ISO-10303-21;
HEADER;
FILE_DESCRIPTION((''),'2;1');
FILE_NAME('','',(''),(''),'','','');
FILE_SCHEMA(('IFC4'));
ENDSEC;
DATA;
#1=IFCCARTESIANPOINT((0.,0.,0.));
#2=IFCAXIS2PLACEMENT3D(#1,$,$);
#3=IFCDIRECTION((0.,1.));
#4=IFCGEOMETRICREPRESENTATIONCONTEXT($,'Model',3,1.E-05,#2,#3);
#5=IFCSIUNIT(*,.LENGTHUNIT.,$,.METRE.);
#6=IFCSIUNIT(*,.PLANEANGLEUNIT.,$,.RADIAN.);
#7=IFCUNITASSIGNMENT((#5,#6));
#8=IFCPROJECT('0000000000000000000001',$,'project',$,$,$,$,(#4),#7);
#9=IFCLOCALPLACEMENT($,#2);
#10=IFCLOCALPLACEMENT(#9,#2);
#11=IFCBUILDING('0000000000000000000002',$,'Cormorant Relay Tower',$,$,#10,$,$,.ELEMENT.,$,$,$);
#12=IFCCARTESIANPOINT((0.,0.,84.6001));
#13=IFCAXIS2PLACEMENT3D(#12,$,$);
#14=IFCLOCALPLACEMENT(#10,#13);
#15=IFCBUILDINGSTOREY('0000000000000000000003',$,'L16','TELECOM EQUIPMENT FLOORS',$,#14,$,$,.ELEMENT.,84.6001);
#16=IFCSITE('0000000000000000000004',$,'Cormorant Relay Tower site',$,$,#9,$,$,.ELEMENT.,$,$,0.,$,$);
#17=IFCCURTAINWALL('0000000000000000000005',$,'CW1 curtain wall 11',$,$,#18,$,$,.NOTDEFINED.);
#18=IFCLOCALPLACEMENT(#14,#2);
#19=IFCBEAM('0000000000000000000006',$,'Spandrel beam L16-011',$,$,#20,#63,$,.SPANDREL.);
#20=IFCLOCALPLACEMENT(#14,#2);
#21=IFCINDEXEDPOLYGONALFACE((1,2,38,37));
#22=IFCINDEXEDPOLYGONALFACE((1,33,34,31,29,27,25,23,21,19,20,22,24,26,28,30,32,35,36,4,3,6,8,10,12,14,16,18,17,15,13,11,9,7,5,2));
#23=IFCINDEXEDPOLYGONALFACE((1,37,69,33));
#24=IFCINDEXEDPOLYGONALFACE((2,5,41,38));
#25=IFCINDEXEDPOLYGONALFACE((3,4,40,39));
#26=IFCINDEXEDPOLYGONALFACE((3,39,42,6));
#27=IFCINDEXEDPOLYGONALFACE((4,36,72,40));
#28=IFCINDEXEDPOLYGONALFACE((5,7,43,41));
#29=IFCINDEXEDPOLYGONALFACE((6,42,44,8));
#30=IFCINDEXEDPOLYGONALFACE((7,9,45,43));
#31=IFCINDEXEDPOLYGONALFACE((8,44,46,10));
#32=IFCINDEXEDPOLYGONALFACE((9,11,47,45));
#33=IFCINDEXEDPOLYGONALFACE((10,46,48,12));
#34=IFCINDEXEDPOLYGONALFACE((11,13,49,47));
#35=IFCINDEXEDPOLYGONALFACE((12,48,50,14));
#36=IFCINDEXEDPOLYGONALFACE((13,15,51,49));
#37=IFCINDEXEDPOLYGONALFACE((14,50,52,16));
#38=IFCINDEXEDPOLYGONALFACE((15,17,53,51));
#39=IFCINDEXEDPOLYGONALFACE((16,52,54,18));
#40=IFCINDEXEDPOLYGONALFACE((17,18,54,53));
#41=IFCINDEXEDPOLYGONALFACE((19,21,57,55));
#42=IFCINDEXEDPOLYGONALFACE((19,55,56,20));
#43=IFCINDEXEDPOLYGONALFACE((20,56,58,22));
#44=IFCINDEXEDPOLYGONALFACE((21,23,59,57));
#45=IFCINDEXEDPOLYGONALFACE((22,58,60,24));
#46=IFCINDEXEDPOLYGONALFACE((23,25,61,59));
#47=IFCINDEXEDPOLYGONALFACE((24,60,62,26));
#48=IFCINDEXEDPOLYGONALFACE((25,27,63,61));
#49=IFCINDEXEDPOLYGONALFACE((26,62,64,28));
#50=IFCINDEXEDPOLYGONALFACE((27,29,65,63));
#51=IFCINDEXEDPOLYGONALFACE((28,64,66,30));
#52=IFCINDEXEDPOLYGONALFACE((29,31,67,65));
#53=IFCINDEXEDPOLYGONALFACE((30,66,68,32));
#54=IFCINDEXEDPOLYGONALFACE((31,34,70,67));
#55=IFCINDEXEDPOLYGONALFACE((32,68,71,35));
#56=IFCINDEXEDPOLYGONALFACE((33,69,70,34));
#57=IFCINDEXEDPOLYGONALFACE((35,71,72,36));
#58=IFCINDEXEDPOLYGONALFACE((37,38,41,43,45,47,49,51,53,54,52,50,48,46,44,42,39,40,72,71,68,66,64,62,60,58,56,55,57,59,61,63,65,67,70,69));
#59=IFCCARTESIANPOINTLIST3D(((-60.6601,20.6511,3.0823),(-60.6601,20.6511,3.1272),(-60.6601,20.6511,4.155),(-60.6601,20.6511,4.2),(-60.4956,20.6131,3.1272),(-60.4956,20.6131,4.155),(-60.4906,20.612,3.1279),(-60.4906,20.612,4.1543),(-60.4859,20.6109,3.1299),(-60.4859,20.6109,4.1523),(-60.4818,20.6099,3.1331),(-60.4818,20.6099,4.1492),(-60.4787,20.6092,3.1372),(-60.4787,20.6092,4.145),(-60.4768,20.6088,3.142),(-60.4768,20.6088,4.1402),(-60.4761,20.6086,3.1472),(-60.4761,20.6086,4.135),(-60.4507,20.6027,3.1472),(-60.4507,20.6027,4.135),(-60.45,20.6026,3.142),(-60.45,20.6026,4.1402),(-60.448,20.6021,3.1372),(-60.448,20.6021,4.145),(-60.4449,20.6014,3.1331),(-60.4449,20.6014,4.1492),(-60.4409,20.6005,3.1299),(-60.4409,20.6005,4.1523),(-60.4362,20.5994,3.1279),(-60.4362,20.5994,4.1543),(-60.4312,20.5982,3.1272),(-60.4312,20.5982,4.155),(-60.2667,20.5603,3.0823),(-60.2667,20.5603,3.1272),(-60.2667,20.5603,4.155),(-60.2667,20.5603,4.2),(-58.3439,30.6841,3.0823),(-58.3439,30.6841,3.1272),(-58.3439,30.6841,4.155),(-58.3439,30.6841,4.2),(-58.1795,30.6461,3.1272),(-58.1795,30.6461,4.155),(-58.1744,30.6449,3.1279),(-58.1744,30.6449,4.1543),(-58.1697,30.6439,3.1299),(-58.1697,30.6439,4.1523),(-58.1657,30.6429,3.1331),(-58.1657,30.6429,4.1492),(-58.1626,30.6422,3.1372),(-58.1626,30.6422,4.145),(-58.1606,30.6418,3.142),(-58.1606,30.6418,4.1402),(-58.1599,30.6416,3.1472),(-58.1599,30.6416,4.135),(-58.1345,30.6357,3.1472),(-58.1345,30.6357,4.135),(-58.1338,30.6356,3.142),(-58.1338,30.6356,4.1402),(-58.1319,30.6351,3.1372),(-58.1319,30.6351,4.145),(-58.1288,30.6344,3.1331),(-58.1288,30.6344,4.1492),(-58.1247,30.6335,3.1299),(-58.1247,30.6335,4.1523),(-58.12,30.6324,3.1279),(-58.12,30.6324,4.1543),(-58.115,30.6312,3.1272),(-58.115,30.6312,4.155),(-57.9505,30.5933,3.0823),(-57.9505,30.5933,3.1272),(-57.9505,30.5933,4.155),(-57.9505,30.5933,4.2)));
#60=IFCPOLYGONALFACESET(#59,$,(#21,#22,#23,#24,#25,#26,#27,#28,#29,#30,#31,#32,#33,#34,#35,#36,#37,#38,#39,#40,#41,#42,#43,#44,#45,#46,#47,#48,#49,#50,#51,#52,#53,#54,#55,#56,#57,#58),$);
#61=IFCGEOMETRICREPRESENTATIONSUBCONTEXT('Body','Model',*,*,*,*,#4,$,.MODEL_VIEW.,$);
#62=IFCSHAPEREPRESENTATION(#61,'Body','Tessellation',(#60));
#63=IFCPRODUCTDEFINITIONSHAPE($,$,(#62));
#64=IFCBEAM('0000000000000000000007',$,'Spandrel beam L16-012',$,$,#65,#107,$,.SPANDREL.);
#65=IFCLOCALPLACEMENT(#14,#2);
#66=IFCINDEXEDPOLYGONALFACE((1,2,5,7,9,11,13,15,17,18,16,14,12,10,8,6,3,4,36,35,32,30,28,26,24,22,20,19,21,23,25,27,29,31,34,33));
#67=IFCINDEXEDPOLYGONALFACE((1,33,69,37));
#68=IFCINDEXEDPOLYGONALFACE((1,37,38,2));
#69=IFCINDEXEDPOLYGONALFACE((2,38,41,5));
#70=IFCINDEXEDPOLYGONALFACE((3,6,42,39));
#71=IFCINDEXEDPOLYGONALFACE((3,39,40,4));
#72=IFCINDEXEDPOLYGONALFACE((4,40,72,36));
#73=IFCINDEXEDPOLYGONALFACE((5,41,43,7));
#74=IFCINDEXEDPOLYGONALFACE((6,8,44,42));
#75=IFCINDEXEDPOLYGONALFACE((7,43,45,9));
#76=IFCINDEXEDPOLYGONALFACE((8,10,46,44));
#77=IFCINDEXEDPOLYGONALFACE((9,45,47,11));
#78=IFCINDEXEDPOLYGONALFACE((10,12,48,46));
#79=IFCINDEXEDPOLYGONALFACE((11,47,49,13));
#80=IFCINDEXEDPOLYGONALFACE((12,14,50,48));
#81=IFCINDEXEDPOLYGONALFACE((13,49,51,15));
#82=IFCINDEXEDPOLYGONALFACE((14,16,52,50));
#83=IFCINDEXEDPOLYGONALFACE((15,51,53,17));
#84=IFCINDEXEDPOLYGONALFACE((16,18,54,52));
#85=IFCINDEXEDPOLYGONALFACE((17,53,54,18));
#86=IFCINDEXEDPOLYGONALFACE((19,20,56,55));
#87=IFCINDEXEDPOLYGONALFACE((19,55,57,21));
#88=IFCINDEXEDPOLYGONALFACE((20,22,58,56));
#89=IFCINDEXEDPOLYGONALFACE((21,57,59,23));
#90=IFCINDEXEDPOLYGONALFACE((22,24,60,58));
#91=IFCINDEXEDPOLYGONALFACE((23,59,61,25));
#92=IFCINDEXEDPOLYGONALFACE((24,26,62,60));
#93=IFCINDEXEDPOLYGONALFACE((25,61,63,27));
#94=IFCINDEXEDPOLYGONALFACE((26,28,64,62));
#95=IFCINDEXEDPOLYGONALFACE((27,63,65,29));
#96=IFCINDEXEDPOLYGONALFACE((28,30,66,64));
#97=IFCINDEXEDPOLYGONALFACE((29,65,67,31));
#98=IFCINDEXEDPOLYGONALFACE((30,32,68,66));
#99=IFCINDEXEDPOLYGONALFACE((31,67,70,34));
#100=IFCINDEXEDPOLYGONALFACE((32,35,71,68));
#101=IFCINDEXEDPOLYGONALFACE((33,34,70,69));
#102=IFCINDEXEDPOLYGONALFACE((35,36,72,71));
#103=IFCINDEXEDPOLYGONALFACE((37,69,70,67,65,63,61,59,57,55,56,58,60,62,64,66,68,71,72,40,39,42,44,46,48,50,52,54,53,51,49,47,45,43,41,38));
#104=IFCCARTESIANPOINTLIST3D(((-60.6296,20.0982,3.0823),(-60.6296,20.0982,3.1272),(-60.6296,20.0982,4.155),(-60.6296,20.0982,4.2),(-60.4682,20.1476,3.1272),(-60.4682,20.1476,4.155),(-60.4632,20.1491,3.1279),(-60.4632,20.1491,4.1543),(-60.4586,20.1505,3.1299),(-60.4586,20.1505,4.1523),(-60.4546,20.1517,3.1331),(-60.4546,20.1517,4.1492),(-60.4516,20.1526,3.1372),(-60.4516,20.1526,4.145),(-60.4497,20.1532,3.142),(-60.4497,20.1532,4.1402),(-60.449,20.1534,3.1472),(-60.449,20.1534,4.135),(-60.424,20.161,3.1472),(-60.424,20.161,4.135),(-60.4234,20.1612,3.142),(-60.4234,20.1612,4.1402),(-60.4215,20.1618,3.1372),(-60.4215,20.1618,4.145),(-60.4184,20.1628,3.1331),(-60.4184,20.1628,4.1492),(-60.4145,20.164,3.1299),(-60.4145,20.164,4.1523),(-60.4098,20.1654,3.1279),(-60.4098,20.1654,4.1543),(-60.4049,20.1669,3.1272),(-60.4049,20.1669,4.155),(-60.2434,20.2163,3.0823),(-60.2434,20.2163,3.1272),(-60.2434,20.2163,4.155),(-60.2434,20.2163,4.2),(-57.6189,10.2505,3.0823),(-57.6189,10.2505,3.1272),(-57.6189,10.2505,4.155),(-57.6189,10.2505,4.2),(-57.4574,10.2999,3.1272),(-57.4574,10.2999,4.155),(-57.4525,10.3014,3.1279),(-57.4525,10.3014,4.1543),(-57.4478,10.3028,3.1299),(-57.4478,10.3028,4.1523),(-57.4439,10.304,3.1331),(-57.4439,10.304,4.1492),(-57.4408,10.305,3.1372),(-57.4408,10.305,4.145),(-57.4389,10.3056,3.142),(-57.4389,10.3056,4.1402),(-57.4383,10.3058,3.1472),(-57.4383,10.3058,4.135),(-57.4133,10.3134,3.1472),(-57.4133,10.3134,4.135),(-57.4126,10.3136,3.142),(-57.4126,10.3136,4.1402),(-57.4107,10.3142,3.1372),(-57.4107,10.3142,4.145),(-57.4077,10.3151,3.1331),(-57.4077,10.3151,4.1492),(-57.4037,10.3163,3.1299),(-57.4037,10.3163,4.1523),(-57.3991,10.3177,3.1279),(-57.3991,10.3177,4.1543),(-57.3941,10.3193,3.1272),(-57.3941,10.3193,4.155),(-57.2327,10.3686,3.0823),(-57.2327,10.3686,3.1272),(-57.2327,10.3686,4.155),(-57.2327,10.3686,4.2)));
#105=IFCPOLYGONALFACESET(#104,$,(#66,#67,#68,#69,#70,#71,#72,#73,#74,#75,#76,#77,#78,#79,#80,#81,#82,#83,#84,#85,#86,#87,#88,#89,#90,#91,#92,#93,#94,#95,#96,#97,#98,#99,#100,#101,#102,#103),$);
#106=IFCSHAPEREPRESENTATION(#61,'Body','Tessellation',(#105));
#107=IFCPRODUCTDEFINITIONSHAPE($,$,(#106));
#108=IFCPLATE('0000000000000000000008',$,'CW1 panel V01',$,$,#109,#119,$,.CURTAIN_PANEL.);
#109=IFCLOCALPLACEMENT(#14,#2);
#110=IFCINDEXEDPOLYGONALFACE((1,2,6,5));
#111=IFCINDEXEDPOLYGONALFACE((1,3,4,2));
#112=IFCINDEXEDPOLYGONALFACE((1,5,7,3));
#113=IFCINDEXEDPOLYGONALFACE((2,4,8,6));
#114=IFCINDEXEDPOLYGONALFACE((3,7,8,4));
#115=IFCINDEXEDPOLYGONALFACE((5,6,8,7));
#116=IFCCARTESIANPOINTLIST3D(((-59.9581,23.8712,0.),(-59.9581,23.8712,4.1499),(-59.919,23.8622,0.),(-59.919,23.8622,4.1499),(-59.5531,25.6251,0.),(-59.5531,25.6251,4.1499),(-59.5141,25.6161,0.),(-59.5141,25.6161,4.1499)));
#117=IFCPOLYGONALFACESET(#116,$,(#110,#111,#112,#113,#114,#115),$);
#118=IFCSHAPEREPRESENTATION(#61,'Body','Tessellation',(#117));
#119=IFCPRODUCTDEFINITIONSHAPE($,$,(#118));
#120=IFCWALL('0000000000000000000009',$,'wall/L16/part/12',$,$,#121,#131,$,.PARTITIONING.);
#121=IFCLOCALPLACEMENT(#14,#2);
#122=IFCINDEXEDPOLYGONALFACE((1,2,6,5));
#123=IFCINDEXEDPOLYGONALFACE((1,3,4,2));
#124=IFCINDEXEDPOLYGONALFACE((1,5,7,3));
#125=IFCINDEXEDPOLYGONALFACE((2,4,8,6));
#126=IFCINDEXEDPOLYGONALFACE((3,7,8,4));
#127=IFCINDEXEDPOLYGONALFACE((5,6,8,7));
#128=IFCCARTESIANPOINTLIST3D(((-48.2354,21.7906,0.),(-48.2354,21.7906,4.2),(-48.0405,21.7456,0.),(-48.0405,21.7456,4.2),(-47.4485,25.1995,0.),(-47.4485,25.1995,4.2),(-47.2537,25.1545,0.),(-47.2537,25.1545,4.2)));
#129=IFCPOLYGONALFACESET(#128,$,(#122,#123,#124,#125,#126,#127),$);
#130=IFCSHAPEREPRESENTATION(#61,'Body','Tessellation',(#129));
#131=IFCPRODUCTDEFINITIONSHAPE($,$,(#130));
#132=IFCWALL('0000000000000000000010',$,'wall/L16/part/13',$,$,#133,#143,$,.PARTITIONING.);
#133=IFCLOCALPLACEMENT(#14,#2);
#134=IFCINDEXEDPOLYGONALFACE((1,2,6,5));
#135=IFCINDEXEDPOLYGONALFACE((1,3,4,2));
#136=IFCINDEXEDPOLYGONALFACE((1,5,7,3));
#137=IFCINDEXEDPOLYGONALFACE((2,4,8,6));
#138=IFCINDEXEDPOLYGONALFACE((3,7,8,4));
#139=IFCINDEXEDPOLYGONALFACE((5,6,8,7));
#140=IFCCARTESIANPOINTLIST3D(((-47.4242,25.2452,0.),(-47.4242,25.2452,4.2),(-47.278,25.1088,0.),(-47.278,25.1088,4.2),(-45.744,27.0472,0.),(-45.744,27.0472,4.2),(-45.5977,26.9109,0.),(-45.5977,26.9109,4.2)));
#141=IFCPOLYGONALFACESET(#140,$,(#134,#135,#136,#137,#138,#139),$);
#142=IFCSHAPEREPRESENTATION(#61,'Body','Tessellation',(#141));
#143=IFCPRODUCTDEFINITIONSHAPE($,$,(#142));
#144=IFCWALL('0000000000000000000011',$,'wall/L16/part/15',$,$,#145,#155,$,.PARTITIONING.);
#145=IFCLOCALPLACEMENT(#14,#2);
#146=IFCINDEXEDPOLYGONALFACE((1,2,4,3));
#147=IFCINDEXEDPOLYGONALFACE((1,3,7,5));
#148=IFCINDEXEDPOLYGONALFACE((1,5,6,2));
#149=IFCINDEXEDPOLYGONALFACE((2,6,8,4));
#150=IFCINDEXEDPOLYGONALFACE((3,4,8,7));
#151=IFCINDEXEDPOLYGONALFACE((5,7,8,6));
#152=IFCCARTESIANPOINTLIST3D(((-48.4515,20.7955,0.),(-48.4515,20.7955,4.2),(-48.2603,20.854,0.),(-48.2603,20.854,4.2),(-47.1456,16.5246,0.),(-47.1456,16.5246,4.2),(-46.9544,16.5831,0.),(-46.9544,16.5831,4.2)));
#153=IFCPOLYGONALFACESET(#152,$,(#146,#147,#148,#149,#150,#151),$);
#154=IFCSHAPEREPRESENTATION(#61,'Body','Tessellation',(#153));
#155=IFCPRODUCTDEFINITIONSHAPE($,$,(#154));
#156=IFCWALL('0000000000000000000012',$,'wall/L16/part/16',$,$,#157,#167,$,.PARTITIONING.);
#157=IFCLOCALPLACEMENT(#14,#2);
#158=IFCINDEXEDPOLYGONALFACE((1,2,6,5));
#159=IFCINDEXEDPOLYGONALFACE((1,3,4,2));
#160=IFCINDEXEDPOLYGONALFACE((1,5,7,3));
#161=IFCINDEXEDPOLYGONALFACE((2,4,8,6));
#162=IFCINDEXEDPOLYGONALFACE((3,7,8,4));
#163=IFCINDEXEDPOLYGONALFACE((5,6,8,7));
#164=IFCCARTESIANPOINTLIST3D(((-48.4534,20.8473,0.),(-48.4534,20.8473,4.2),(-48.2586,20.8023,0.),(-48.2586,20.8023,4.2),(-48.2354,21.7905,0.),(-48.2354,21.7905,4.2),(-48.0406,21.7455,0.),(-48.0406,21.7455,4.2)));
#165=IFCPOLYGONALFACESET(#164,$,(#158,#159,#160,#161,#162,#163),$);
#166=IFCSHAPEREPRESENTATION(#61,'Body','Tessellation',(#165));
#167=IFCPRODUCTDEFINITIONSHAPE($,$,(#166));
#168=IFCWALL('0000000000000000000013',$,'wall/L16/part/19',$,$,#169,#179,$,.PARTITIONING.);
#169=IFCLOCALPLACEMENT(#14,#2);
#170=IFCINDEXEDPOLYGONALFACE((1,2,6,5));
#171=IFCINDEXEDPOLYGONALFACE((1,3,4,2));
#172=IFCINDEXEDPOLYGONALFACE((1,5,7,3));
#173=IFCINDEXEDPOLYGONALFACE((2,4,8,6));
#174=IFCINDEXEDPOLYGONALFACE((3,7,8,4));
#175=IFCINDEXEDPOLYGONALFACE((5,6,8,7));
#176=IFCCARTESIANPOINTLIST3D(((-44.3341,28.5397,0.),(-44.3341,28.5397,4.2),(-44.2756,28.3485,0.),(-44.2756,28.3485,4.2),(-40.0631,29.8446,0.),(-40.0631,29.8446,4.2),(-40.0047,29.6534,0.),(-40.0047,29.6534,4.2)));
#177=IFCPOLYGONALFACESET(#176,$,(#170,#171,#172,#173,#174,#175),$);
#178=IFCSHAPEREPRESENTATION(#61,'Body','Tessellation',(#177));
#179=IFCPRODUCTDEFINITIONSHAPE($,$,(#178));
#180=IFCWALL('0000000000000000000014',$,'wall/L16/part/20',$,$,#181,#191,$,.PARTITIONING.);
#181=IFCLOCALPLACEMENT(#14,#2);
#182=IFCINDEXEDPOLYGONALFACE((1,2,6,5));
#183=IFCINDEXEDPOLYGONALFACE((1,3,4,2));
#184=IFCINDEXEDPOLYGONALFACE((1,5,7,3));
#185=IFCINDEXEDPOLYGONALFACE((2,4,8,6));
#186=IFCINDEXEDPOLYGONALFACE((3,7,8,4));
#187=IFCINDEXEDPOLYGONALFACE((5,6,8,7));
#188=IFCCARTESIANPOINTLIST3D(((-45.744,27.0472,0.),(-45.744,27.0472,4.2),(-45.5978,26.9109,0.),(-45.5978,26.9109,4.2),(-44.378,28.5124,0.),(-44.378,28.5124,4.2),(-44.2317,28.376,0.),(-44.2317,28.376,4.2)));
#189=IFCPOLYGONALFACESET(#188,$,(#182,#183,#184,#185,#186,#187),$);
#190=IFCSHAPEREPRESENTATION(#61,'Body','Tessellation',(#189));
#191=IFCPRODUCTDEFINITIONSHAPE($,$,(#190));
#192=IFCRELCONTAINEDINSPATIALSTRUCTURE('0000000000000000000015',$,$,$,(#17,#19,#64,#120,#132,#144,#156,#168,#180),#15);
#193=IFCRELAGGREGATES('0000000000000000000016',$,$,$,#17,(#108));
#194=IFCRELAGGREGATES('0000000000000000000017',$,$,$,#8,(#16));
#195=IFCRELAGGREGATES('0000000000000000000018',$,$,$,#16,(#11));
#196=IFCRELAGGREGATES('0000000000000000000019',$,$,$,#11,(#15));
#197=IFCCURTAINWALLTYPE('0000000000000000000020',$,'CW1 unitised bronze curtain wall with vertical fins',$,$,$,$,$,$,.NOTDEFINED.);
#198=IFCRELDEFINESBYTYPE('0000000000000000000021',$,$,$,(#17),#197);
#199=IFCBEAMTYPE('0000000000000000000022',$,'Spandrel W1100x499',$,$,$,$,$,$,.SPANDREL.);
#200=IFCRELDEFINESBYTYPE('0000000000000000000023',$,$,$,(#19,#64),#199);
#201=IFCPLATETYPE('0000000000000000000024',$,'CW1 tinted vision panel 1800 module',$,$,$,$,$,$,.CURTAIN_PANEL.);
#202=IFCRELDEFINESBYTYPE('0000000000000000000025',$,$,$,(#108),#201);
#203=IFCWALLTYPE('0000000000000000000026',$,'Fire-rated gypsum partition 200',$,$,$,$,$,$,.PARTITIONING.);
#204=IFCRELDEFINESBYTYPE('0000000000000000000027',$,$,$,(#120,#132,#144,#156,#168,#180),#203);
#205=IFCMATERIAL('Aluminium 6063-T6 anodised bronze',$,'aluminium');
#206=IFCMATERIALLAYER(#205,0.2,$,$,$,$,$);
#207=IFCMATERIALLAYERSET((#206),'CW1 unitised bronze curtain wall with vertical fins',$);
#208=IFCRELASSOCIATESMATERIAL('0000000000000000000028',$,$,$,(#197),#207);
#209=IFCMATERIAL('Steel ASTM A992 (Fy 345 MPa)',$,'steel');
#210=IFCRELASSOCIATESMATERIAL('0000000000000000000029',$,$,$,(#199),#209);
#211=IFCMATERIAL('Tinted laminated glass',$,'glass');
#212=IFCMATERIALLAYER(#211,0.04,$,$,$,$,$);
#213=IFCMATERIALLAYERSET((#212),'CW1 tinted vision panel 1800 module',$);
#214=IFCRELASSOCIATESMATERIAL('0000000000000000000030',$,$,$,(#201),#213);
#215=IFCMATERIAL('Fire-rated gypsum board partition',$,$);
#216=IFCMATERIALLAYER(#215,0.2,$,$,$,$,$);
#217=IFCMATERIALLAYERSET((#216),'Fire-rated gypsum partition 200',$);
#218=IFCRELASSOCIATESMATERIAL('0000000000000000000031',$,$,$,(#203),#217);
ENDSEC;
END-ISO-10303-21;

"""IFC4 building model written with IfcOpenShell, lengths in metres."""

from ifc_helpers import new_model, si_unit, direction, frame, frame_2d, origin, origin_2d, place, context, subcontext, project, spatial, rectangle, i_section, extrude, material, layer, layer_set, material_profile, profile_set, type_object, element, aggregate, save


model = new_model("IFC4")

# Units and contexts
model_context = context("Model", 3, precision=1e-05, world=origin(), true_north=direction((0.0, 1.0)))
body_context = subcontext(model_context, "Body", "Model", "MODEL_VIEW")
ifc_project = project(units=[si_unit("LENGTHUNIT", "METRE"), si_unit("PLANEANGLEUNIT", "RADIAN")], contexts=[model_context])

# Site, building, storey
site_placement = place(None, origin())
site = spatial("IfcSite", under=ifc_project, at=site_placement, Name="Cormorant Relay Tower site", CompositionType="ELEMENT", RefElevation=0.0)
building_placement = place(site_placement, origin())
building = spatial("IfcBuilding", under=site, at=building_placement, Name="Cormorant Relay Tower", CompositionType="ELEMENT")
storey_placement = place(building_placement, frame((0.0, 0.0, 84.6001)))
storey = spatial("IfcBuildingStorey", under=building, at=storey_placement, Name="L16", Description="TELECOM EQUIPMENT FLOORS", CompositionType="ELEMENT", Elevation=84.6001)

# Curtain wall
ifc_material_1 = material(Name="Aluminium 6063-T6 anodised bronze", Category="aluminium")
ifc_layer_1 = layer(ifc_material_1, 0.2)
ifc_layer_set_1 = layer_set([ifc_layer_1], Name="CW1 unitised bronze curtain wall with vertical fins")
curtain_wall_type = type_object("IfcCurtainWallType", Name="CW1 unitised bronze curtain wall with vertical fins", PredefinedType="NOTDEFINED", material=ifc_layer_set_1)
curtain_wall_1_placement = place(storey_placement, origin())
curtain_wall_1 = element("IfcCurtainWall", 1, at=curtain_wall_1_placement, inside=storey, type_object=curtain_wall_type, Name="CW1 curtain wall 11", PredefinedType="NOTDEFINED")

# Beams
ifc_material_2 = material(Name="Steel ASTM A992 (Fy 345 MPa)", Category="steel")
ifc_material_profile_1 = material_profile(ifc_material_2, i_section(OverallWidth=0.4038, OverallDepth=1.1177, WebThickness=0.0261, FlangeThickness=0.0449, FilletRadius=0.02, at=origin_2d()), Name="W1100x499")
ifc_profile_set_1 = profile_set([ifc_material_profile_1], Name="Steel ASTM A992 (Fy 345 MPa)")
beam_type = type_object("IfcBeamType", Name="Spandrel W1100x499", PredefinedType="SPANDREL", material=ifc_profile_set_1)
beam_1_placement = place(storey_placement, frame((-58.1472, 30.6387, 3.6411), z_axis=(-0.224939, -0.974373, 0.0), x_axis=(0.974373, -0.224939, 0.0)))
element("IfcBeam", 2, at=beam_1_placement, inside=storey, type_object=beam_type, Name="Spandrel beam L16-011", PredefinedType="SPANDREL", context=body_context, shape_type="SweptSolid", body=[
    extrude(i_section(OverallWidth=0.4038, OverallDepth=1.1177, WebThickness=0.0261, FlangeThickness=0.0449, FilletRadius=0.02, at=origin_2d()), origin(), (0.0, 0.0, 1.0), 10.2969),
])
beam_2_placement = place(storey_placement, frame((-60.4365, 20.1572, 3.6411), z_axis=(0.292373, -0.956304, 0.0), x_axis=(0.956304, 0.292373, 0.0)))
element("IfcBeam", 3, at=beam_2_placement, inside=storey, type_object=beam_type, Name="Spandrel beam L16-012", PredefinedType="SPANDREL", context=body_context, shape_type="SweptSolid", body=[
    extrude(i_section(OverallWidth=0.4038, OverallDepth=1.1177, WebThickness=0.0261, FlangeThickness=0.0449, FilletRadius=0.02, at=origin_2d()), origin(), (0.0, 0.0, 1.0), 10.2976),
])

# Plate
ifc_material_3 = material(Name="Tinted laminated glass", Category="glass")
ifc_layer_2 = layer(ifc_material_3, 0.04)
ifc_layer_set_2 = layer_set([ifc_layer_2], Name="CW1 tinted vision panel 1800 module")
plate_type = type_object("IfcPlateType", Name="CW1 tinted vision panel 1800 module", PredefinedType="CURTAIN_PANEL", material=ifc_layer_set_2)
plate_placement = place(storey_placement, frame((-59.7361, 24.7437, 0.0), z_axis=(0.0, 0.0, 1.0), x_axis=(-0.224951, -0.97437, 0.0)))
plate = element("IfcPlate", 4, at=plate_placement, type_object=plate_type, Name="CW1 panel V01", PredefinedType="CURTAIN_PANEL", context=body_context, shape_type="SweptSolid", body=[
    extrude(rectangle(XDim=1.8, YDim=0.04, at=origin_2d()), origin(), (0.0, 0.0, 1.0), 4.1499),
])

# Walls
ifc_material_4 = material(Name="Fire-rated gypsum board partition")
ifc_layer_3 = layer(ifc_material_4, 0.2)
ifc_layer_set_3 = layer_set([ifc_layer_3], Name="Fire-rated gypsum partition 200")
wall_type_1 = type_object("IfcWallType", Name="Fire-rated gypsum partition 200", PredefinedType="PARTITIONING", material=ifc_layer_set_3)
wall_1_placement = place(storey_placement, frame((-48.1379, 21.7681, 0.0), z_axis=(0.0, 0.0, 1.0), x_axis=(0.22491, 0.974379, 0.0)))
element("IfcWall", 5, at=wall_1_placement, inside=storey, type_object=wall_type_1, Name="wall/L16/part/12", PredefinedType="PARTITIONING", context=body_context, shape_type="SweptSolid", body=[
    extrude(rectangle(XDim=3.4985, YDim=0.2, at=frame_2d((1.7493, 0.0))), origin(), (0.0, 0.0, 1.0), 4.2),
])
wall_2_placement = place(storey_placement, frame((-47.3511, 25.177, 0.0), z_axis=(0.0, 0.0, 1.0), x_axis=(0.681951, 0.731398, 0.0)))
element("IfcWall", 6, at=wall_2_placement, inside=storey, type_object=wall_type_1, Name="wall/L16/part/13", PredefinedType="PARTITIONING", context=body_context, shape_type="SweptSolid", body=[
    extrude(rectangle(XDim=2.4639, YDim=0.2, at=frame_2d((1.2319, 0.0))), origin(), (0.0, 0.0, 1.0), 4.2),
])
wall_3_placement = place(storey_placement, frame((-47.05, 16.554, 0.0), z_axis=(0.0, 0.0, 1.0), x_axis=(-0.292399, 0.956296, 0.0)))
element("IfcWall", 7, at=wall_3_placement, inside=storey, type_object=wall_type_1, Name="wall/L16/part/15", PredefinedType="PARTITIONING", context=body_context, shape_type="SweptSolid", body=[
    extrude(rectangle(XDim=4.4661, YDim=0.2, at=frame_2d((2.2329, 0.0))), origin(), (0.0, 0.0, 1.0), 4.2),
])
wall_4_placement = place(storey_placement, frame((-48.356, 20.825, 0.0), z_axis=(0.0, 0.0, 1.0), x_axis=(0.225228, 0.974306, 0.0)))
element("IfcWall", 8, at=wall_4_placement, inside=storey, type_object=wall_type_1, Name="wall/L16/part/16", PredefinedType="PARTITIONING", context=body_context, shape_type="SweptSolid", body=[
    extrude(rectangle(XDim=0.968, YDim=0.2, at=frame_2d((0.4839, 0.0))), origin(), (0.0, 0.0, 1.0), 4.2),
])
wall_5_placement = place(storey_placement, frame((-40.0339, 29.749, 0.0), z_axis=(0.0, 0.0, 1.0), x_axis=(-0.956358, -0.292199, 0.0)))
element("IfcWall", 9, at=wall_5_placement, inside=storey, type_object=wall_type_1, Name="wall/L16/part/19", PredefinedType="PARTITIONING", context=body_context, shape_type="SweptSolid", body=[
    extrude(rectangle(XDim=4.4658, YDim=0.2, at=frame_2d((2.2329, 0.0))), origin(), (0.0, 0.0, 1.0), 4.2),
])
wall_6_placement = place(storey_placement, frame((-44.3049, 28.4441, 0.0), z_axis=(0.0, 0.0, 1.0), x_axis=(-0.681932, -0.731416, 0.0)))
element("IfcWall", 10, at=wall_6_placement, inside=storey, type_object=wall_type_1, Name="wall/L16/part/20", PredefinedType="PARTITIONING", context=body_context, shape_type="SweptSolid", body=[
    extrude(rectangle(XDim=2.0032, YDim=0.2, at=frame_2d((1.0015, 0.0))), origin(), (0.0, 0.0, 1.0), 4.2),
])

aggregate(curtain_wall_1, [plate])

save(model, "model.ifc")
